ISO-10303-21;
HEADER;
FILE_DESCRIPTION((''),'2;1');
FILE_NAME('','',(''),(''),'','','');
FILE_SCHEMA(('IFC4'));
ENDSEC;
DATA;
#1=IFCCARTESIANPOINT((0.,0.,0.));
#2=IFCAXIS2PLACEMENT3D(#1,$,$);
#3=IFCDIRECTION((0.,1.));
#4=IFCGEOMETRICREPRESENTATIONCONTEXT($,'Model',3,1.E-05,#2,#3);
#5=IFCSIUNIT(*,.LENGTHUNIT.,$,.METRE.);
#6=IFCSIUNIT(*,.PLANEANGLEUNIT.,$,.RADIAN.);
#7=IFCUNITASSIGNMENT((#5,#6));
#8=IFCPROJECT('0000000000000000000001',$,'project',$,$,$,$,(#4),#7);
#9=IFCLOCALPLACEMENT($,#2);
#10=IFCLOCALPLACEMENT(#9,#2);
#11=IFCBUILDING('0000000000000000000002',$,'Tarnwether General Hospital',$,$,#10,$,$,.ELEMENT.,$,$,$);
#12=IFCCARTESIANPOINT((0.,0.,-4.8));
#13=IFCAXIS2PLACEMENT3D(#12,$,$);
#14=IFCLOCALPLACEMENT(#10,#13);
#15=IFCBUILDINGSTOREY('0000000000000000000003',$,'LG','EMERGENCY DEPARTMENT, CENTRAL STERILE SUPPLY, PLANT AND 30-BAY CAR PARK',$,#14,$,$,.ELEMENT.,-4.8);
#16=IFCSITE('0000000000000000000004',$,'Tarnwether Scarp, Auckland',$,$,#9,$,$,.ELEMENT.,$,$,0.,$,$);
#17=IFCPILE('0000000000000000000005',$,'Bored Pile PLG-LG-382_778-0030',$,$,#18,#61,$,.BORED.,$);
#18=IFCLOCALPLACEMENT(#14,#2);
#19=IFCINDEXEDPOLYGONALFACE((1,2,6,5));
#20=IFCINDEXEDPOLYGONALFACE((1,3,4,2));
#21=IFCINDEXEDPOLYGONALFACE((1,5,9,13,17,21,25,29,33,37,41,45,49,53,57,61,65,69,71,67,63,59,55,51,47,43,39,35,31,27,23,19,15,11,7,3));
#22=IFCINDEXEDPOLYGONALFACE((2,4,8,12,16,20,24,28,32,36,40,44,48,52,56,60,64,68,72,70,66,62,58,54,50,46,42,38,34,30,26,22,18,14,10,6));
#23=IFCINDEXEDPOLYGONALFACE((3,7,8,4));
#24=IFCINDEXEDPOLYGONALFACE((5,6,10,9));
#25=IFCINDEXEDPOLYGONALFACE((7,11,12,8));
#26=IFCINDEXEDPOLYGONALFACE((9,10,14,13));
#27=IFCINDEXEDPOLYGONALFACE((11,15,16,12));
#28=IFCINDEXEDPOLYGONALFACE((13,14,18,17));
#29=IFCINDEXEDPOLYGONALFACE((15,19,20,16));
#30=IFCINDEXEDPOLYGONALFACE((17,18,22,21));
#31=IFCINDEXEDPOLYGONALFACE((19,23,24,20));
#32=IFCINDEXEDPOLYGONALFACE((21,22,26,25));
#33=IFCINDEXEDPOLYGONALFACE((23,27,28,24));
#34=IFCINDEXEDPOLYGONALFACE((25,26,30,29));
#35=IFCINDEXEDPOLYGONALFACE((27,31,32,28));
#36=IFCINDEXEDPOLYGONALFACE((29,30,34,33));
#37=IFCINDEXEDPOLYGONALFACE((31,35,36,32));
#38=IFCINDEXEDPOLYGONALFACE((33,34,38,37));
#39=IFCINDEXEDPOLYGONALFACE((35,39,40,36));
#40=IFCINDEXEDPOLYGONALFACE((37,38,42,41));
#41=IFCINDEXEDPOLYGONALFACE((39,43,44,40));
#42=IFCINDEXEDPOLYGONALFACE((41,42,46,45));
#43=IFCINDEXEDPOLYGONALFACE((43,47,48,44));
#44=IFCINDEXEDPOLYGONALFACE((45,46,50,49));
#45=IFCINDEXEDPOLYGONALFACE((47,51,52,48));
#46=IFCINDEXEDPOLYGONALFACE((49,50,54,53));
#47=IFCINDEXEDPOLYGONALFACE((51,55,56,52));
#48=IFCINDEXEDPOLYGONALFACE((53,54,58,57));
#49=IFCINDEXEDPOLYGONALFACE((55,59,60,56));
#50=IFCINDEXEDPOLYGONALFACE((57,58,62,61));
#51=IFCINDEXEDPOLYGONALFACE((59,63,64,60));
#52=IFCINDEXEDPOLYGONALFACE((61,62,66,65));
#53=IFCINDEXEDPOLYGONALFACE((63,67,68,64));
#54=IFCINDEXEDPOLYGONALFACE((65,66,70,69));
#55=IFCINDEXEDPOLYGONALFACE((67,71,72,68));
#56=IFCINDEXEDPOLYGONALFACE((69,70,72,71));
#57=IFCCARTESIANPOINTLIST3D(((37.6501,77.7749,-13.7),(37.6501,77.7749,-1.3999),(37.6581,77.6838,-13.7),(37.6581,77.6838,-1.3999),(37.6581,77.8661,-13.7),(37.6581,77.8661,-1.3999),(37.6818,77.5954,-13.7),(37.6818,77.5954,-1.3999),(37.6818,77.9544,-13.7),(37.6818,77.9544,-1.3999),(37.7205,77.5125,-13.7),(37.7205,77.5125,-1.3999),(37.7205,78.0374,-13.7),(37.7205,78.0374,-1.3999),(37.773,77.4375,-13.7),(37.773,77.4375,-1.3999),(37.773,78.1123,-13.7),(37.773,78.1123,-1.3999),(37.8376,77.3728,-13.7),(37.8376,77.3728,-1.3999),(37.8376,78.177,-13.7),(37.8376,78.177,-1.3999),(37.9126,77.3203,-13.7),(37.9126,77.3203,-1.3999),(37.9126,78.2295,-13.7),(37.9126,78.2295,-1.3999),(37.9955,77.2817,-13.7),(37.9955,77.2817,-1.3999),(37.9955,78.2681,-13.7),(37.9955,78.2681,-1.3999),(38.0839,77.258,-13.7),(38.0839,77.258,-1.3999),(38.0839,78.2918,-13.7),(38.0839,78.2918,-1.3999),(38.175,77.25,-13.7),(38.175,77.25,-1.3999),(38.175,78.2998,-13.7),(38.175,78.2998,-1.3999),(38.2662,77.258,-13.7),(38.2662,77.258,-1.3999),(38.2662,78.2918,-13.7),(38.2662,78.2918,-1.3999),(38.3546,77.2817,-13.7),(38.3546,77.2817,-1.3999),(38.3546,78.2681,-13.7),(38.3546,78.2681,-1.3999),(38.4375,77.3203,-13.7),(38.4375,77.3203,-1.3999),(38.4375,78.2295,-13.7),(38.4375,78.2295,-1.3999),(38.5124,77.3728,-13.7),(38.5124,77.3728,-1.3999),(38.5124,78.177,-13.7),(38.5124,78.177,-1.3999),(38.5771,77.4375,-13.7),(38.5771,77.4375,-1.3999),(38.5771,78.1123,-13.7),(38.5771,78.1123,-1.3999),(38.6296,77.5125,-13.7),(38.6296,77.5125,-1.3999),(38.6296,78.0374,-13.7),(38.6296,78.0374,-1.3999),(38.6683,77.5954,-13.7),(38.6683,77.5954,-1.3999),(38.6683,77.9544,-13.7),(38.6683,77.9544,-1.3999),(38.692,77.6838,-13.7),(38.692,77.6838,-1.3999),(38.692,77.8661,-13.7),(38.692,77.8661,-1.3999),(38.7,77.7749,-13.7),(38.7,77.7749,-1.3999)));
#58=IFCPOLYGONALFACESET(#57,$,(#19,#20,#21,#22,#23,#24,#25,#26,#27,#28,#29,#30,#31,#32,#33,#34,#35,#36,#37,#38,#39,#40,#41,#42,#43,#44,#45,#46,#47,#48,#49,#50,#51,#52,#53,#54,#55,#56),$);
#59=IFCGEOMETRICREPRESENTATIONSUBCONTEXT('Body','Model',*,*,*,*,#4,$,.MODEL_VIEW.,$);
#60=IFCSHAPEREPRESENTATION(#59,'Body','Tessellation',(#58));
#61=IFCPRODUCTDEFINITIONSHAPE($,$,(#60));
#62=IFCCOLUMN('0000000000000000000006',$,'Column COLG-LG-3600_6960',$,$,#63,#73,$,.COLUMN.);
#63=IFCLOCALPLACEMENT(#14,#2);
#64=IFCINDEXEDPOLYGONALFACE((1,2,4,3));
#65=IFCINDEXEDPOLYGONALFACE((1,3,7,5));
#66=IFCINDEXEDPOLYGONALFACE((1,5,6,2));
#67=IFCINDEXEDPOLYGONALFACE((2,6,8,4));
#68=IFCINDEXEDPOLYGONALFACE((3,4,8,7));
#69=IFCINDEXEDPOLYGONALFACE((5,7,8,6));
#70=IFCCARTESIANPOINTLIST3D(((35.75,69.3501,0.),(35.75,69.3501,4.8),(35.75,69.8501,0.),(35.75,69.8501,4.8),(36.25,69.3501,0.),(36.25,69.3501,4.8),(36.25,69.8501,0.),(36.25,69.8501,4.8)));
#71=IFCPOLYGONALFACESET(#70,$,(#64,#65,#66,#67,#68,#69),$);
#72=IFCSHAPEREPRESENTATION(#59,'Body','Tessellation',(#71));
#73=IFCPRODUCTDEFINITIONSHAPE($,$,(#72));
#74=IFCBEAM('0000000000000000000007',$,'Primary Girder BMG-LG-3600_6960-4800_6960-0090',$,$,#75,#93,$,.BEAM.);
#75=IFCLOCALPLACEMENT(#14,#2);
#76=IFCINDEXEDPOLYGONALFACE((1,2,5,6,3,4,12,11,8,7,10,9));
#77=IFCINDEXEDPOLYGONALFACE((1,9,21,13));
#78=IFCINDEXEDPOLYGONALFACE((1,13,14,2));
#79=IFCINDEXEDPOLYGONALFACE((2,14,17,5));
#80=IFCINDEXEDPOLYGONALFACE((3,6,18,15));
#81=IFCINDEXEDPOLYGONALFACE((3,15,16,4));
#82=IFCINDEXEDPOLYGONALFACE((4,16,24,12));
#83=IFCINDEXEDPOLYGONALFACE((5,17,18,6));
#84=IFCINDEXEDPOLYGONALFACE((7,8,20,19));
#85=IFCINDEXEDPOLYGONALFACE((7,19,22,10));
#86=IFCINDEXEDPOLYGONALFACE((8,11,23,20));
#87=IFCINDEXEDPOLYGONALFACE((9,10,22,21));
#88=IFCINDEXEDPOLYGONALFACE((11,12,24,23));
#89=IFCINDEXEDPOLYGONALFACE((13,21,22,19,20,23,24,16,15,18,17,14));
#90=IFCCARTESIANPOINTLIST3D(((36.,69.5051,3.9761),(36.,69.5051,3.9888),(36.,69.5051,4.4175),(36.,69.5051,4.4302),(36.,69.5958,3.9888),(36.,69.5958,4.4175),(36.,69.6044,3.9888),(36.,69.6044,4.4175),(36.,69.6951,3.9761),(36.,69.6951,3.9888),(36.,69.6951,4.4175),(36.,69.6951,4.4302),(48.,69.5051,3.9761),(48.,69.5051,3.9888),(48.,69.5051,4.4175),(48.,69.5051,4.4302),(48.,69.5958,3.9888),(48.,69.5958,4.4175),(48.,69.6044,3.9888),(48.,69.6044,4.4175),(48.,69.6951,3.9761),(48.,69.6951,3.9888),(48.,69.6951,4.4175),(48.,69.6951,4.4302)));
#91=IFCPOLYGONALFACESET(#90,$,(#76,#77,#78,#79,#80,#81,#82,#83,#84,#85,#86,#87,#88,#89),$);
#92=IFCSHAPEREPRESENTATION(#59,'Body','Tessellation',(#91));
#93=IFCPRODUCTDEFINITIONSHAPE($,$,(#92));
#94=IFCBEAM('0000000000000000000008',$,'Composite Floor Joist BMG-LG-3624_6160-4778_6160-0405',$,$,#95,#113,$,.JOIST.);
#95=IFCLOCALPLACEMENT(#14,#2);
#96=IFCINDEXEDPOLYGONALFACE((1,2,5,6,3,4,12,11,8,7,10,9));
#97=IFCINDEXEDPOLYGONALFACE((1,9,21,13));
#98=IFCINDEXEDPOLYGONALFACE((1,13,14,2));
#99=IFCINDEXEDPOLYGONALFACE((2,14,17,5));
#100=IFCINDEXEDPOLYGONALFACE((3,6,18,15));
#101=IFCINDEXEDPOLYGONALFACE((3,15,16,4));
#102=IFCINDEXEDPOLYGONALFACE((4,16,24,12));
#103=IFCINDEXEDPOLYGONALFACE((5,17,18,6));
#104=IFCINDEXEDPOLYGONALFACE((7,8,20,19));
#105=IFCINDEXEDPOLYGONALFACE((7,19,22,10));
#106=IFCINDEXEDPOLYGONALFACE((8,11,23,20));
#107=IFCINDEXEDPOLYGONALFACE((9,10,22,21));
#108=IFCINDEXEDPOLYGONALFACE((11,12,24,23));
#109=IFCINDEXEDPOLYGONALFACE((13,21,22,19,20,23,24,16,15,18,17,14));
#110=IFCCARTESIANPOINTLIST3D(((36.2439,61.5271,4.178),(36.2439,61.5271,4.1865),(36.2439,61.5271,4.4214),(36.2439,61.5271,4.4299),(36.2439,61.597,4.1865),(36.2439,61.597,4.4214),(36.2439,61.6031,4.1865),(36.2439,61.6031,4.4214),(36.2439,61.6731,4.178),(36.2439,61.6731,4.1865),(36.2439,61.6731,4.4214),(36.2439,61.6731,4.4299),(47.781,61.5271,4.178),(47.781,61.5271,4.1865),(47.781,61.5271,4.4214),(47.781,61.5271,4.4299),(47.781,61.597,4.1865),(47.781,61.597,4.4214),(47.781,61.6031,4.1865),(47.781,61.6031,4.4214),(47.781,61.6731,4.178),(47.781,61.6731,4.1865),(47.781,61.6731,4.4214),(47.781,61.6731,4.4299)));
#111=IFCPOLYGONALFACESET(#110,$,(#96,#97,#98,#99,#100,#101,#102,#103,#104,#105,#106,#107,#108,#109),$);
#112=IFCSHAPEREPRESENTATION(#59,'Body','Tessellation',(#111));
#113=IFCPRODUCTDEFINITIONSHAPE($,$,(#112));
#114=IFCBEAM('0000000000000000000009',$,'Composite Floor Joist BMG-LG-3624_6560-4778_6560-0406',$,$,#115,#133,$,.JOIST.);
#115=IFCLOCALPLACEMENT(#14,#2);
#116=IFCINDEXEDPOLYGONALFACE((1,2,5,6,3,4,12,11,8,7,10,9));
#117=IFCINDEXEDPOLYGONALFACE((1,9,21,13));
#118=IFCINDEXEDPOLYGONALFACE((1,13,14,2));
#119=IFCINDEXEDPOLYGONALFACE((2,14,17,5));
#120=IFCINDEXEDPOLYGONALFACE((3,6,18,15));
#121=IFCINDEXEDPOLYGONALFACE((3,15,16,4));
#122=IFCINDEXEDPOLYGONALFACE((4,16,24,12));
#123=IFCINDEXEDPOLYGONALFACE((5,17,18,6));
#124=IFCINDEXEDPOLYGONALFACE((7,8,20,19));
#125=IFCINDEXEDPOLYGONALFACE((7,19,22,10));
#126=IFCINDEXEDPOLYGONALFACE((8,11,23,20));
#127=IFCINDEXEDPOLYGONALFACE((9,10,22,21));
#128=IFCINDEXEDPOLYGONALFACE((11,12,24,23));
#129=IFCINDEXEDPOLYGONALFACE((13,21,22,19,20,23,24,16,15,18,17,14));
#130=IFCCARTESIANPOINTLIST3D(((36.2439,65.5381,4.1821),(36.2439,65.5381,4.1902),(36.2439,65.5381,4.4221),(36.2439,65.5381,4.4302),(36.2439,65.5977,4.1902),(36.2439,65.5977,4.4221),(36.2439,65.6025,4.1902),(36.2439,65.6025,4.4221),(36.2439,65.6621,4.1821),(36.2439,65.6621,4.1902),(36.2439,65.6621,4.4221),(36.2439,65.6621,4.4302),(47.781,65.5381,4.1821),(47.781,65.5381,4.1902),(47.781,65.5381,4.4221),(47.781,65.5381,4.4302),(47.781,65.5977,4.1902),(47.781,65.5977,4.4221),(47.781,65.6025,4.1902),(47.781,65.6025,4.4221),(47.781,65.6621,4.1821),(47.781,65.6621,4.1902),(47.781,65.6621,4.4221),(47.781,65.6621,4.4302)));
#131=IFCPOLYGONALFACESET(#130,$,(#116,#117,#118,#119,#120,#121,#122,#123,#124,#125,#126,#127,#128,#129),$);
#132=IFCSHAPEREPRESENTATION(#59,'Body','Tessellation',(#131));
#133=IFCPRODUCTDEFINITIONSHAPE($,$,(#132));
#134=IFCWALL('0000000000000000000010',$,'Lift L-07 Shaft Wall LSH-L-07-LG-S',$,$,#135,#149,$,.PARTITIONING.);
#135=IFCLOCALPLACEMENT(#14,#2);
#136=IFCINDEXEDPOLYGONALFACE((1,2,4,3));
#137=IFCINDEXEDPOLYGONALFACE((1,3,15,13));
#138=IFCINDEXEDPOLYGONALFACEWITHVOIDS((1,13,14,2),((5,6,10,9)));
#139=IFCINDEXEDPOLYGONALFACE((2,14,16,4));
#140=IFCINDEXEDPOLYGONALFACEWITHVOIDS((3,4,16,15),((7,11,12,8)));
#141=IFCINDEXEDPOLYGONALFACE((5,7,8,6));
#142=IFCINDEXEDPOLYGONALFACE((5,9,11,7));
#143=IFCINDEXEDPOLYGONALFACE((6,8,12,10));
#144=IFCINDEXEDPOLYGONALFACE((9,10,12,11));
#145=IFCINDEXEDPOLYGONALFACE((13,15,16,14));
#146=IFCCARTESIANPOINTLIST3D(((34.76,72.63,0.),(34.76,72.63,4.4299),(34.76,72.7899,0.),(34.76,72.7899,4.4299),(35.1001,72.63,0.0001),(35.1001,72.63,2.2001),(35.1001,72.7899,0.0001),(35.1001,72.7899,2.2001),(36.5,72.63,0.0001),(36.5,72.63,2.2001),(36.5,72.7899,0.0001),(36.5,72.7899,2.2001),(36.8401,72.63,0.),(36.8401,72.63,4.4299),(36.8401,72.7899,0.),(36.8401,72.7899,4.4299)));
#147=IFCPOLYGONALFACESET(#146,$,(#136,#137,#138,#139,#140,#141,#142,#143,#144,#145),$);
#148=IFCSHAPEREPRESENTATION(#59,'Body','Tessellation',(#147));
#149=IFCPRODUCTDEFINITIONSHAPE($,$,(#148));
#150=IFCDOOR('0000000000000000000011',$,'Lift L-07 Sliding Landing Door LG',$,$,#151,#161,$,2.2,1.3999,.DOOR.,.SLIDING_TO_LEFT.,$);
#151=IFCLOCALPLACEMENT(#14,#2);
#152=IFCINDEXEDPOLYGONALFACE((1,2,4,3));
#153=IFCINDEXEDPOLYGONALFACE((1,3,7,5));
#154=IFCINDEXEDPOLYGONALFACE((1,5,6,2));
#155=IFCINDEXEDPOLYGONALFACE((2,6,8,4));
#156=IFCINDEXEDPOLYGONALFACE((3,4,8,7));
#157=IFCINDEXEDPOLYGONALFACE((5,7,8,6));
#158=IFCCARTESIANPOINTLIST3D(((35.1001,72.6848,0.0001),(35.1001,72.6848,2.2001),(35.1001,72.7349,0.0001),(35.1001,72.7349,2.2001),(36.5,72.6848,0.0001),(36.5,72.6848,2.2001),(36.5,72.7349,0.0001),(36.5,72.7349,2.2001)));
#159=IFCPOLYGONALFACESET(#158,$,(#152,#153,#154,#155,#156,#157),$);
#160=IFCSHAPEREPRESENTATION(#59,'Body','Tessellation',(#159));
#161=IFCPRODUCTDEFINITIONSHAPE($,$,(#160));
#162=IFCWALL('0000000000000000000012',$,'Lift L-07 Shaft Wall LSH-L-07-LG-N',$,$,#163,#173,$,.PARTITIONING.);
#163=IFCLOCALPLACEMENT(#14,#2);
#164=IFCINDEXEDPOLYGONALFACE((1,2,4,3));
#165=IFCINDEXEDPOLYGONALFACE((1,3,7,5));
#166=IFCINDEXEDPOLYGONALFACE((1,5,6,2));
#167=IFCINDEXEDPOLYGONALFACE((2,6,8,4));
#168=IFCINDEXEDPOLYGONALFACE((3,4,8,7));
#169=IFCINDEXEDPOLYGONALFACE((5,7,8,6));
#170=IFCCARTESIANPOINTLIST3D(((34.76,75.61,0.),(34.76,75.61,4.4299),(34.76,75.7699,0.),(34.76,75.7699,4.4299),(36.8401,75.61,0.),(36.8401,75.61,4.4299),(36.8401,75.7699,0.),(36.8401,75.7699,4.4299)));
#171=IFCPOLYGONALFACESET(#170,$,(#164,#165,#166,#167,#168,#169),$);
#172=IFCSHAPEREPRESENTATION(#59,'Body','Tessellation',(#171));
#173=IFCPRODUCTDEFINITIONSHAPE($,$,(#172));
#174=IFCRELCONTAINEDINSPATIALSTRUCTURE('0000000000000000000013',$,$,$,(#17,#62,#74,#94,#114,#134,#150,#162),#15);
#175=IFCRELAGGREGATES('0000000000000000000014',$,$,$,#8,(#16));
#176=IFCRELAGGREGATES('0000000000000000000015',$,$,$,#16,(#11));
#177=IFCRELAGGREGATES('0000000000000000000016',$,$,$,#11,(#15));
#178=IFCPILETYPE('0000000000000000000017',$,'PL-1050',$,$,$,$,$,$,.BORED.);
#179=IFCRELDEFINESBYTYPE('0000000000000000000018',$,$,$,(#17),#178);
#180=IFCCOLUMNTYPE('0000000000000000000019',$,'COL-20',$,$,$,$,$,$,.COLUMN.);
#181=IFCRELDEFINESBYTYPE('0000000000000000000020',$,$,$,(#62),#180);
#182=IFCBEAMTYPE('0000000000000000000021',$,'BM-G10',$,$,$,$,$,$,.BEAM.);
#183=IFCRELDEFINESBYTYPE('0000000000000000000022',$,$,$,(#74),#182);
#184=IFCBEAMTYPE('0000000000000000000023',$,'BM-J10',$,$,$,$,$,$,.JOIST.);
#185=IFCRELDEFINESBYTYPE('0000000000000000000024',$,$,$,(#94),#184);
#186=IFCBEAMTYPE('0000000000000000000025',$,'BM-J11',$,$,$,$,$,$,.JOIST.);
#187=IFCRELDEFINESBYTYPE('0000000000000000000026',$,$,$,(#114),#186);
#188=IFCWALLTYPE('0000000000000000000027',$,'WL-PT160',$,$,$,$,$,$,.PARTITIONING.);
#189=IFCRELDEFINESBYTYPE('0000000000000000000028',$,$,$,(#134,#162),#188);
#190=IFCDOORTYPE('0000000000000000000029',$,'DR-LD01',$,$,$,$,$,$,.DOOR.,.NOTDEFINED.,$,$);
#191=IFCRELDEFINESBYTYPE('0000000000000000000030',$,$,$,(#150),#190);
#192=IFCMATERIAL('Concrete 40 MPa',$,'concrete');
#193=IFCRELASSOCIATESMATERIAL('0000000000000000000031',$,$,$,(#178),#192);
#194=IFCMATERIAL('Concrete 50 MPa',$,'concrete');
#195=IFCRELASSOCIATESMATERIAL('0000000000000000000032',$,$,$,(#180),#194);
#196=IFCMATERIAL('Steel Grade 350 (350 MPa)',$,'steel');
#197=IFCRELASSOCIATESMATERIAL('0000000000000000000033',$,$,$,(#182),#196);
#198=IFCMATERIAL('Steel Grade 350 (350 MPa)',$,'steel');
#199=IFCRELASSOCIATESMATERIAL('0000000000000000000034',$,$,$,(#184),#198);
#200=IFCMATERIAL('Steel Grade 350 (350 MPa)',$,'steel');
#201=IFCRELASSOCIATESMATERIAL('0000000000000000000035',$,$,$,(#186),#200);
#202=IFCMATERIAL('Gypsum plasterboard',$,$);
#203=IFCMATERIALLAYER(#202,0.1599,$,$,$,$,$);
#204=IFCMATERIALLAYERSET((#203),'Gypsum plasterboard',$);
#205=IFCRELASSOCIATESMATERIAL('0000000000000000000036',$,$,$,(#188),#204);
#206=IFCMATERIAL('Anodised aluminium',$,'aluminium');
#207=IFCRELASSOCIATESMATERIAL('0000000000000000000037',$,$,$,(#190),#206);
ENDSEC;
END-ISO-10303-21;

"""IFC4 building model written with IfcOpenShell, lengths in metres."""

from ifc_helpers import new_model, si_unit, direction, frame, frame_2d, origin, origin_2d, place, context, subcontext, project, spatial, rectangle, circle, i_section, extrude, material, layer, layer_set, material_profile, profile_set, type_object, element, fill, save


model = new_model("IFC4")

# Units and contexts
model_context = context("Model", 3, precision=1e-05, world=origin(), true_north=direction((0.0, 1.0)))
body_context = subcontext(model_context, "Body", "Model", "MODEL_VIEW")
ifc_project = project(units=[si_unit("LENGTHUNIT", "METRE"), si_unit("PLANEANGLEUNIT", "RADIAN")], contexts=[model_context])

# Site, building, storey
site_placement = place(None, origin())
site = spatial("IfcSite", under=ifc_project, at=site_placement, Name="Tarnwether Scarp, Auckland", CompositionType="ELEMENT", RefElevation=0.0)
building_placement = place(site_placement, origin())
building = spatial("IfcBuilding", under=site, at=building_placement, Name="Tarnwether General Hospital", CompositionType="ELEMENT")
storey_placement = place(building_placement, frame((0.0, 0.0, -4.8)))
storey = spatial("IfcBuildingStorey", under=building, at=storey_placement, Name="LG", Description="EMERGENCY DEPARTMENT, CENTRAL STERILE SUPPLY, PLANT AND 30-BAY CAR PARK", CompositionType="ELEMENT", Elevation=-4.8)

# Pile
ifc_material_1 = material(Name="Concrete 40 MPa", Category="concrete")
ifc_material_profile_1 = material_profile(ifc_material_1, circle(Radius=0.5249, at=origin_2d()), Name="PILE-D1050")
ifc_profile_set_1 = profile_set([ifc_material_profile_1], Name="Concrete 40 MPa")
pile_type = type_object("IfcPileType", Name="PL-1050", PredefinedType="BORED", material=ifc_profile_set_1)
for number, where, z_axis, x_axis, name in (
    (1, (38.175, 77.7749, -1.3999), (0.0, 0.0, -1.0), (1.0, 0.0, 0.0), "Bored Pile PLG-LG-382_778-0030"),
):
    element("IfcPile", number, at=place(storey_placement, frame(where, z_axis=z_axis, x_axis=x_axis)), inside=storey, type_object=pile_type, Name=name, PredefinedType="BORED", context=body_context, shape_type="SweptSolid", body=[
        extrude(circle(Radius=0.5249, at=origin_2d()), origin(), (0.0, 0.0, 1.0), 12.3),
    ])

# Column
ifc_material_2 = material(Name="Concrete 50 MPa", Category="concrete")
ifc_material_profile_2 = material_profile(ifc_material_2, rectangle(XDim=0.5, YDim=0.5, at=origin_2d()), Name="RC-COL-500x500")
ifc_profile_set_2 = profile_set([ifc_material_profile_2], Name="Concrete 50 MPa")
column_type = type_object("IfcColumnType", Name="COL-20", PredefinedType="COLUMN", material=ifc_profile_set_2)
column_placement = place(storey_placement, frame((36.0, 69.6001, 0.0), z_axis=(0.0, 0.0, 1.0), x_axis=(0.0, 1.0, 0.0)))
element("IfcColumn", 2, at=column_placement, inside=storey, type_object=column_type, Name="Column COLG-LG-3600_6960", PredefinedType="COLUMN", context=body_context, shape_type="SweptSolid", body=[
    extrude(rectangle(XDim=0.5, YDim=0.5, at=origin_2d()), origin(), (0.0, 0.0, 1.0), 4.8),
])

# Beams
ifc_material_3 = material(Name="Steel Grade 350 (350 MPa)", Category="steel")
ifc_material_profile_3 = material_profile(ifc_material_3, i_section(OverallWidth=0.1899, OverallDepth=0.4541, WebThickness=0.0085, FlangeThickness=0.0127, at=origin_2d()), Name="460UB67.1")
ifc_profile_set_3 = profile_set([ifc_material_profile_3], Name="Steel Grade 350 (350 MPa)")
beam_type_1 = type_object("IfcBeamType", Name="BM-G10", PredefinedType="BEAM", material=ifc_profile_set_3)
beam_1_placement = place(storey_placement, frame((36.0, 69.6001, 4.2031), z_axis=(1.0, 0.0, 0.0), x_axis=(0.0, 1.0, 0.0)))
element("IfcBeam", 3, at=beam_1_placement, inside=storey, type_object=beam_type_1, Name="Primary Girder BMG-LG-3600_6960-4800_6960-0090", PredefinedType="BEAM", context=body_context, shape_type="SweptSolid", body=[
    extrude(i_section(OverallWidth=0.1899, OverallDepth=0.4541, WebThickness=0.0085, FlangeThickness=0.0127, at=origin_2d()), origin(), (0.0, 0.0, 1.0), 12.0),
])
ifc_material_4 = material(Name="Steel Grade 350 (350 MPa)", Category="steel")
ifc_material_profile_4 = material_profile(ifc_material_4, i_section(OverallWidth=0.146, OverallDepth=0.252, WebThickness=0.0061, FlangeThickness=0.0085, at=origin_2d()), Name="250UB31.4")
ifc_profile_set_4 = profile_set([ifc_material_profile_4], Name="Steel Grade 350 (350 MPa)")
beam_type_2 = type_object("IfcBeamType", Name="BM-J10", PredefinedType="JOIST", material=ifc_profile_set_4)
beam_2_placement = place(storey_placement, frame((36.2439, 61.6001, 4.304), z_axis=(1.0, 0.0, 0.0), x_axis=(0.0, 1.0, 0.0)))
element("IfcBeam", 4, at=beam_2_placement, inside=storey, type_object=beam_type_2, Name="Composite Floor Joist BMG-LG-3624_6160-4778_6160-0405", PredefinedType="JOIST", context=body_context, shape_type="SweptSolid", body=[
    extrude(i_section(OverallWidth=0.146, OverallDepth=0.252, WebThickness=0.0061, FlangeThickness=0.0085, at=origin_2d()), origin(), (0.0, 0.0, 1.0), 11.5371),
])
ifc_material_5 = material(Name="Steel Grade 350 (350 MPa)", Category="steel")
ifc_material_profile_5 = material_profile(ifc_material_5, i_section(OverallWidth=0.124, OverallDepth=0.248, WebThickness=0.0049, FlangeThickness=0.0081, at=origin_2d()), Name="250UB25.7")
ifc_profile_set_5 = profile_set([ifc_material_profile_5], Name="Steel Grade 350 (350 MPa)")
beam_type_3 = type_object("IfcBeamType", Name="BM-J11", PredefinedType="JOIST", material=ifc_profile_set_5)
beam_3_placement = place(storey_placement, frame((36.2439, 65.6001, 4.3062), z_axis=(1.0, 0.0, 0.0), x_axis=(0.0, 1.0, 0.0)))
element("IfcBeam", 5, at=beam_3_placement, inside=storey, type_object=beam_type_3, Name="Composite Floor Joist BMG-LG-3624_6560-4778_6560-0406", PredefinedType="JOIST", context=body_context, shape_type="SweptSolid", body=[
    extrude(i_section(OverallWidth=0.124, OverallDepth=0.248, WebThickness=0.0049, FlangeThickness=0.0081, at=origin_2d()), origin(), (0.0, 0.0, 1.0), 11.5371),
])

# Wall, opening, door
ifc_material_6 = material(Name="Gypsum plasterboard")
ifc_layer_1 = layer(ifc_material_6, 0.1599)
ifc_layer_set_1 = layer_set([ifc_layer_1], Name="Gypsum plasterboard")
wall_type_1 = type_object("IfcWallType", Name="WL-PT160", PredefinedType="PARTITIONING", material=ifc_layer_set_1)
wall_1_placement = place(storey_placement, frame((34.76, 72.71, 0.0), z_axis=(0.0, 0.0, 1.0), x_axis=(1.0, 0.0, 0.0)))
wall_1 = element("IfcWall", 6, at=wall_1_placement, inside=storey, type_object=wall_type_1, Name="Lift L-07 Shaft Wall LSH-L-07-LG-S", PredefinedType="PARTITIONING", context=body_context, shape_type="SweptSolid", body=[
    extrude(rectangle(XDim=2.0801, YDim=0.1599, at=frame_2d((1.04, 0.0))), origin(), (0.0, 0.0, 1.0), 4.4299),
])
opening_placement = place(wall_1_placement, frame((0.3401, 0.0, 0.0)))
opening = element("IfcOpeningElement", 7, at=opening_placement, cuts=wall_1, PredefinedType="OPENING", context=body_context, shape_type="SweptSolid", body=[
    extrude(rectangle(XDim=1.3999, YDim=2.2, at=frame_2d((0.7, 1.1001))), frame((0.0, 0.0898, 0.0), z_axis=(0.0, -1.0, 0.0), x_axis=(1.0, 0.0, 0.0)), (0.0, 0.0, 1.0), 0.1799),
])
ifc_material_7 = material(Name="Anodised aluminium", Category="aluminium")
door_type = type_object("IfcDoorType", Name="DR-LD01", OperationType="NOTDEFINED", PredefinedType="DOOR", material=ifc_material_7)
door_placement = place(opening_placement, origin())
door = element("IfcDoor", 8, at=door_placement, inside=storey, type_object=door_type, Name="Lift L-07 Sliding Landing Door LG", OperationType="SLIDING_TO_LEFT", OverallHeight=2.2, OverallWidth=1.3999, PredefinedType="DOOR", context=body_context, shape_type="SweptSolid", body=[
    extrude(rectangle(XDim=1.3999, YDim=2.2, at=frame_2d((0.7, 1.1001))), frame((0.0, 0.0249, 0.0), z_axis=(0.0, -1.0, 0.0), x_axis=(1.0, 0.0, 0.0)), (0.0, 0.0, 1.0), 0.05),
])
fill(opening, door)

# Wall
wall_2_placement = place(storey_placement, frame((36.8401, 75.6899, 0.0), z_axis=(0.0, 0.0, 1.0), x_axis=(-1.0, 0.0, 0.0)))
element("IfcWall", 9, at=wall_2_placement, inside=storey, type_object=wall_type_1, Name="Lift L-07 Shaft Wall LSH-L-07-LG-N", PredefinedType="PARTITIONING", context=body_context, shape_type="SweptSolid", body=[
    extrude(rectangle(XDim=2.0801, YDim=0.1599, at=frame_2d((1.04, 0.0))), origin(), (0.0, 0.0, 1.0), 4.4299),
])

save(model, "model.ifc")
